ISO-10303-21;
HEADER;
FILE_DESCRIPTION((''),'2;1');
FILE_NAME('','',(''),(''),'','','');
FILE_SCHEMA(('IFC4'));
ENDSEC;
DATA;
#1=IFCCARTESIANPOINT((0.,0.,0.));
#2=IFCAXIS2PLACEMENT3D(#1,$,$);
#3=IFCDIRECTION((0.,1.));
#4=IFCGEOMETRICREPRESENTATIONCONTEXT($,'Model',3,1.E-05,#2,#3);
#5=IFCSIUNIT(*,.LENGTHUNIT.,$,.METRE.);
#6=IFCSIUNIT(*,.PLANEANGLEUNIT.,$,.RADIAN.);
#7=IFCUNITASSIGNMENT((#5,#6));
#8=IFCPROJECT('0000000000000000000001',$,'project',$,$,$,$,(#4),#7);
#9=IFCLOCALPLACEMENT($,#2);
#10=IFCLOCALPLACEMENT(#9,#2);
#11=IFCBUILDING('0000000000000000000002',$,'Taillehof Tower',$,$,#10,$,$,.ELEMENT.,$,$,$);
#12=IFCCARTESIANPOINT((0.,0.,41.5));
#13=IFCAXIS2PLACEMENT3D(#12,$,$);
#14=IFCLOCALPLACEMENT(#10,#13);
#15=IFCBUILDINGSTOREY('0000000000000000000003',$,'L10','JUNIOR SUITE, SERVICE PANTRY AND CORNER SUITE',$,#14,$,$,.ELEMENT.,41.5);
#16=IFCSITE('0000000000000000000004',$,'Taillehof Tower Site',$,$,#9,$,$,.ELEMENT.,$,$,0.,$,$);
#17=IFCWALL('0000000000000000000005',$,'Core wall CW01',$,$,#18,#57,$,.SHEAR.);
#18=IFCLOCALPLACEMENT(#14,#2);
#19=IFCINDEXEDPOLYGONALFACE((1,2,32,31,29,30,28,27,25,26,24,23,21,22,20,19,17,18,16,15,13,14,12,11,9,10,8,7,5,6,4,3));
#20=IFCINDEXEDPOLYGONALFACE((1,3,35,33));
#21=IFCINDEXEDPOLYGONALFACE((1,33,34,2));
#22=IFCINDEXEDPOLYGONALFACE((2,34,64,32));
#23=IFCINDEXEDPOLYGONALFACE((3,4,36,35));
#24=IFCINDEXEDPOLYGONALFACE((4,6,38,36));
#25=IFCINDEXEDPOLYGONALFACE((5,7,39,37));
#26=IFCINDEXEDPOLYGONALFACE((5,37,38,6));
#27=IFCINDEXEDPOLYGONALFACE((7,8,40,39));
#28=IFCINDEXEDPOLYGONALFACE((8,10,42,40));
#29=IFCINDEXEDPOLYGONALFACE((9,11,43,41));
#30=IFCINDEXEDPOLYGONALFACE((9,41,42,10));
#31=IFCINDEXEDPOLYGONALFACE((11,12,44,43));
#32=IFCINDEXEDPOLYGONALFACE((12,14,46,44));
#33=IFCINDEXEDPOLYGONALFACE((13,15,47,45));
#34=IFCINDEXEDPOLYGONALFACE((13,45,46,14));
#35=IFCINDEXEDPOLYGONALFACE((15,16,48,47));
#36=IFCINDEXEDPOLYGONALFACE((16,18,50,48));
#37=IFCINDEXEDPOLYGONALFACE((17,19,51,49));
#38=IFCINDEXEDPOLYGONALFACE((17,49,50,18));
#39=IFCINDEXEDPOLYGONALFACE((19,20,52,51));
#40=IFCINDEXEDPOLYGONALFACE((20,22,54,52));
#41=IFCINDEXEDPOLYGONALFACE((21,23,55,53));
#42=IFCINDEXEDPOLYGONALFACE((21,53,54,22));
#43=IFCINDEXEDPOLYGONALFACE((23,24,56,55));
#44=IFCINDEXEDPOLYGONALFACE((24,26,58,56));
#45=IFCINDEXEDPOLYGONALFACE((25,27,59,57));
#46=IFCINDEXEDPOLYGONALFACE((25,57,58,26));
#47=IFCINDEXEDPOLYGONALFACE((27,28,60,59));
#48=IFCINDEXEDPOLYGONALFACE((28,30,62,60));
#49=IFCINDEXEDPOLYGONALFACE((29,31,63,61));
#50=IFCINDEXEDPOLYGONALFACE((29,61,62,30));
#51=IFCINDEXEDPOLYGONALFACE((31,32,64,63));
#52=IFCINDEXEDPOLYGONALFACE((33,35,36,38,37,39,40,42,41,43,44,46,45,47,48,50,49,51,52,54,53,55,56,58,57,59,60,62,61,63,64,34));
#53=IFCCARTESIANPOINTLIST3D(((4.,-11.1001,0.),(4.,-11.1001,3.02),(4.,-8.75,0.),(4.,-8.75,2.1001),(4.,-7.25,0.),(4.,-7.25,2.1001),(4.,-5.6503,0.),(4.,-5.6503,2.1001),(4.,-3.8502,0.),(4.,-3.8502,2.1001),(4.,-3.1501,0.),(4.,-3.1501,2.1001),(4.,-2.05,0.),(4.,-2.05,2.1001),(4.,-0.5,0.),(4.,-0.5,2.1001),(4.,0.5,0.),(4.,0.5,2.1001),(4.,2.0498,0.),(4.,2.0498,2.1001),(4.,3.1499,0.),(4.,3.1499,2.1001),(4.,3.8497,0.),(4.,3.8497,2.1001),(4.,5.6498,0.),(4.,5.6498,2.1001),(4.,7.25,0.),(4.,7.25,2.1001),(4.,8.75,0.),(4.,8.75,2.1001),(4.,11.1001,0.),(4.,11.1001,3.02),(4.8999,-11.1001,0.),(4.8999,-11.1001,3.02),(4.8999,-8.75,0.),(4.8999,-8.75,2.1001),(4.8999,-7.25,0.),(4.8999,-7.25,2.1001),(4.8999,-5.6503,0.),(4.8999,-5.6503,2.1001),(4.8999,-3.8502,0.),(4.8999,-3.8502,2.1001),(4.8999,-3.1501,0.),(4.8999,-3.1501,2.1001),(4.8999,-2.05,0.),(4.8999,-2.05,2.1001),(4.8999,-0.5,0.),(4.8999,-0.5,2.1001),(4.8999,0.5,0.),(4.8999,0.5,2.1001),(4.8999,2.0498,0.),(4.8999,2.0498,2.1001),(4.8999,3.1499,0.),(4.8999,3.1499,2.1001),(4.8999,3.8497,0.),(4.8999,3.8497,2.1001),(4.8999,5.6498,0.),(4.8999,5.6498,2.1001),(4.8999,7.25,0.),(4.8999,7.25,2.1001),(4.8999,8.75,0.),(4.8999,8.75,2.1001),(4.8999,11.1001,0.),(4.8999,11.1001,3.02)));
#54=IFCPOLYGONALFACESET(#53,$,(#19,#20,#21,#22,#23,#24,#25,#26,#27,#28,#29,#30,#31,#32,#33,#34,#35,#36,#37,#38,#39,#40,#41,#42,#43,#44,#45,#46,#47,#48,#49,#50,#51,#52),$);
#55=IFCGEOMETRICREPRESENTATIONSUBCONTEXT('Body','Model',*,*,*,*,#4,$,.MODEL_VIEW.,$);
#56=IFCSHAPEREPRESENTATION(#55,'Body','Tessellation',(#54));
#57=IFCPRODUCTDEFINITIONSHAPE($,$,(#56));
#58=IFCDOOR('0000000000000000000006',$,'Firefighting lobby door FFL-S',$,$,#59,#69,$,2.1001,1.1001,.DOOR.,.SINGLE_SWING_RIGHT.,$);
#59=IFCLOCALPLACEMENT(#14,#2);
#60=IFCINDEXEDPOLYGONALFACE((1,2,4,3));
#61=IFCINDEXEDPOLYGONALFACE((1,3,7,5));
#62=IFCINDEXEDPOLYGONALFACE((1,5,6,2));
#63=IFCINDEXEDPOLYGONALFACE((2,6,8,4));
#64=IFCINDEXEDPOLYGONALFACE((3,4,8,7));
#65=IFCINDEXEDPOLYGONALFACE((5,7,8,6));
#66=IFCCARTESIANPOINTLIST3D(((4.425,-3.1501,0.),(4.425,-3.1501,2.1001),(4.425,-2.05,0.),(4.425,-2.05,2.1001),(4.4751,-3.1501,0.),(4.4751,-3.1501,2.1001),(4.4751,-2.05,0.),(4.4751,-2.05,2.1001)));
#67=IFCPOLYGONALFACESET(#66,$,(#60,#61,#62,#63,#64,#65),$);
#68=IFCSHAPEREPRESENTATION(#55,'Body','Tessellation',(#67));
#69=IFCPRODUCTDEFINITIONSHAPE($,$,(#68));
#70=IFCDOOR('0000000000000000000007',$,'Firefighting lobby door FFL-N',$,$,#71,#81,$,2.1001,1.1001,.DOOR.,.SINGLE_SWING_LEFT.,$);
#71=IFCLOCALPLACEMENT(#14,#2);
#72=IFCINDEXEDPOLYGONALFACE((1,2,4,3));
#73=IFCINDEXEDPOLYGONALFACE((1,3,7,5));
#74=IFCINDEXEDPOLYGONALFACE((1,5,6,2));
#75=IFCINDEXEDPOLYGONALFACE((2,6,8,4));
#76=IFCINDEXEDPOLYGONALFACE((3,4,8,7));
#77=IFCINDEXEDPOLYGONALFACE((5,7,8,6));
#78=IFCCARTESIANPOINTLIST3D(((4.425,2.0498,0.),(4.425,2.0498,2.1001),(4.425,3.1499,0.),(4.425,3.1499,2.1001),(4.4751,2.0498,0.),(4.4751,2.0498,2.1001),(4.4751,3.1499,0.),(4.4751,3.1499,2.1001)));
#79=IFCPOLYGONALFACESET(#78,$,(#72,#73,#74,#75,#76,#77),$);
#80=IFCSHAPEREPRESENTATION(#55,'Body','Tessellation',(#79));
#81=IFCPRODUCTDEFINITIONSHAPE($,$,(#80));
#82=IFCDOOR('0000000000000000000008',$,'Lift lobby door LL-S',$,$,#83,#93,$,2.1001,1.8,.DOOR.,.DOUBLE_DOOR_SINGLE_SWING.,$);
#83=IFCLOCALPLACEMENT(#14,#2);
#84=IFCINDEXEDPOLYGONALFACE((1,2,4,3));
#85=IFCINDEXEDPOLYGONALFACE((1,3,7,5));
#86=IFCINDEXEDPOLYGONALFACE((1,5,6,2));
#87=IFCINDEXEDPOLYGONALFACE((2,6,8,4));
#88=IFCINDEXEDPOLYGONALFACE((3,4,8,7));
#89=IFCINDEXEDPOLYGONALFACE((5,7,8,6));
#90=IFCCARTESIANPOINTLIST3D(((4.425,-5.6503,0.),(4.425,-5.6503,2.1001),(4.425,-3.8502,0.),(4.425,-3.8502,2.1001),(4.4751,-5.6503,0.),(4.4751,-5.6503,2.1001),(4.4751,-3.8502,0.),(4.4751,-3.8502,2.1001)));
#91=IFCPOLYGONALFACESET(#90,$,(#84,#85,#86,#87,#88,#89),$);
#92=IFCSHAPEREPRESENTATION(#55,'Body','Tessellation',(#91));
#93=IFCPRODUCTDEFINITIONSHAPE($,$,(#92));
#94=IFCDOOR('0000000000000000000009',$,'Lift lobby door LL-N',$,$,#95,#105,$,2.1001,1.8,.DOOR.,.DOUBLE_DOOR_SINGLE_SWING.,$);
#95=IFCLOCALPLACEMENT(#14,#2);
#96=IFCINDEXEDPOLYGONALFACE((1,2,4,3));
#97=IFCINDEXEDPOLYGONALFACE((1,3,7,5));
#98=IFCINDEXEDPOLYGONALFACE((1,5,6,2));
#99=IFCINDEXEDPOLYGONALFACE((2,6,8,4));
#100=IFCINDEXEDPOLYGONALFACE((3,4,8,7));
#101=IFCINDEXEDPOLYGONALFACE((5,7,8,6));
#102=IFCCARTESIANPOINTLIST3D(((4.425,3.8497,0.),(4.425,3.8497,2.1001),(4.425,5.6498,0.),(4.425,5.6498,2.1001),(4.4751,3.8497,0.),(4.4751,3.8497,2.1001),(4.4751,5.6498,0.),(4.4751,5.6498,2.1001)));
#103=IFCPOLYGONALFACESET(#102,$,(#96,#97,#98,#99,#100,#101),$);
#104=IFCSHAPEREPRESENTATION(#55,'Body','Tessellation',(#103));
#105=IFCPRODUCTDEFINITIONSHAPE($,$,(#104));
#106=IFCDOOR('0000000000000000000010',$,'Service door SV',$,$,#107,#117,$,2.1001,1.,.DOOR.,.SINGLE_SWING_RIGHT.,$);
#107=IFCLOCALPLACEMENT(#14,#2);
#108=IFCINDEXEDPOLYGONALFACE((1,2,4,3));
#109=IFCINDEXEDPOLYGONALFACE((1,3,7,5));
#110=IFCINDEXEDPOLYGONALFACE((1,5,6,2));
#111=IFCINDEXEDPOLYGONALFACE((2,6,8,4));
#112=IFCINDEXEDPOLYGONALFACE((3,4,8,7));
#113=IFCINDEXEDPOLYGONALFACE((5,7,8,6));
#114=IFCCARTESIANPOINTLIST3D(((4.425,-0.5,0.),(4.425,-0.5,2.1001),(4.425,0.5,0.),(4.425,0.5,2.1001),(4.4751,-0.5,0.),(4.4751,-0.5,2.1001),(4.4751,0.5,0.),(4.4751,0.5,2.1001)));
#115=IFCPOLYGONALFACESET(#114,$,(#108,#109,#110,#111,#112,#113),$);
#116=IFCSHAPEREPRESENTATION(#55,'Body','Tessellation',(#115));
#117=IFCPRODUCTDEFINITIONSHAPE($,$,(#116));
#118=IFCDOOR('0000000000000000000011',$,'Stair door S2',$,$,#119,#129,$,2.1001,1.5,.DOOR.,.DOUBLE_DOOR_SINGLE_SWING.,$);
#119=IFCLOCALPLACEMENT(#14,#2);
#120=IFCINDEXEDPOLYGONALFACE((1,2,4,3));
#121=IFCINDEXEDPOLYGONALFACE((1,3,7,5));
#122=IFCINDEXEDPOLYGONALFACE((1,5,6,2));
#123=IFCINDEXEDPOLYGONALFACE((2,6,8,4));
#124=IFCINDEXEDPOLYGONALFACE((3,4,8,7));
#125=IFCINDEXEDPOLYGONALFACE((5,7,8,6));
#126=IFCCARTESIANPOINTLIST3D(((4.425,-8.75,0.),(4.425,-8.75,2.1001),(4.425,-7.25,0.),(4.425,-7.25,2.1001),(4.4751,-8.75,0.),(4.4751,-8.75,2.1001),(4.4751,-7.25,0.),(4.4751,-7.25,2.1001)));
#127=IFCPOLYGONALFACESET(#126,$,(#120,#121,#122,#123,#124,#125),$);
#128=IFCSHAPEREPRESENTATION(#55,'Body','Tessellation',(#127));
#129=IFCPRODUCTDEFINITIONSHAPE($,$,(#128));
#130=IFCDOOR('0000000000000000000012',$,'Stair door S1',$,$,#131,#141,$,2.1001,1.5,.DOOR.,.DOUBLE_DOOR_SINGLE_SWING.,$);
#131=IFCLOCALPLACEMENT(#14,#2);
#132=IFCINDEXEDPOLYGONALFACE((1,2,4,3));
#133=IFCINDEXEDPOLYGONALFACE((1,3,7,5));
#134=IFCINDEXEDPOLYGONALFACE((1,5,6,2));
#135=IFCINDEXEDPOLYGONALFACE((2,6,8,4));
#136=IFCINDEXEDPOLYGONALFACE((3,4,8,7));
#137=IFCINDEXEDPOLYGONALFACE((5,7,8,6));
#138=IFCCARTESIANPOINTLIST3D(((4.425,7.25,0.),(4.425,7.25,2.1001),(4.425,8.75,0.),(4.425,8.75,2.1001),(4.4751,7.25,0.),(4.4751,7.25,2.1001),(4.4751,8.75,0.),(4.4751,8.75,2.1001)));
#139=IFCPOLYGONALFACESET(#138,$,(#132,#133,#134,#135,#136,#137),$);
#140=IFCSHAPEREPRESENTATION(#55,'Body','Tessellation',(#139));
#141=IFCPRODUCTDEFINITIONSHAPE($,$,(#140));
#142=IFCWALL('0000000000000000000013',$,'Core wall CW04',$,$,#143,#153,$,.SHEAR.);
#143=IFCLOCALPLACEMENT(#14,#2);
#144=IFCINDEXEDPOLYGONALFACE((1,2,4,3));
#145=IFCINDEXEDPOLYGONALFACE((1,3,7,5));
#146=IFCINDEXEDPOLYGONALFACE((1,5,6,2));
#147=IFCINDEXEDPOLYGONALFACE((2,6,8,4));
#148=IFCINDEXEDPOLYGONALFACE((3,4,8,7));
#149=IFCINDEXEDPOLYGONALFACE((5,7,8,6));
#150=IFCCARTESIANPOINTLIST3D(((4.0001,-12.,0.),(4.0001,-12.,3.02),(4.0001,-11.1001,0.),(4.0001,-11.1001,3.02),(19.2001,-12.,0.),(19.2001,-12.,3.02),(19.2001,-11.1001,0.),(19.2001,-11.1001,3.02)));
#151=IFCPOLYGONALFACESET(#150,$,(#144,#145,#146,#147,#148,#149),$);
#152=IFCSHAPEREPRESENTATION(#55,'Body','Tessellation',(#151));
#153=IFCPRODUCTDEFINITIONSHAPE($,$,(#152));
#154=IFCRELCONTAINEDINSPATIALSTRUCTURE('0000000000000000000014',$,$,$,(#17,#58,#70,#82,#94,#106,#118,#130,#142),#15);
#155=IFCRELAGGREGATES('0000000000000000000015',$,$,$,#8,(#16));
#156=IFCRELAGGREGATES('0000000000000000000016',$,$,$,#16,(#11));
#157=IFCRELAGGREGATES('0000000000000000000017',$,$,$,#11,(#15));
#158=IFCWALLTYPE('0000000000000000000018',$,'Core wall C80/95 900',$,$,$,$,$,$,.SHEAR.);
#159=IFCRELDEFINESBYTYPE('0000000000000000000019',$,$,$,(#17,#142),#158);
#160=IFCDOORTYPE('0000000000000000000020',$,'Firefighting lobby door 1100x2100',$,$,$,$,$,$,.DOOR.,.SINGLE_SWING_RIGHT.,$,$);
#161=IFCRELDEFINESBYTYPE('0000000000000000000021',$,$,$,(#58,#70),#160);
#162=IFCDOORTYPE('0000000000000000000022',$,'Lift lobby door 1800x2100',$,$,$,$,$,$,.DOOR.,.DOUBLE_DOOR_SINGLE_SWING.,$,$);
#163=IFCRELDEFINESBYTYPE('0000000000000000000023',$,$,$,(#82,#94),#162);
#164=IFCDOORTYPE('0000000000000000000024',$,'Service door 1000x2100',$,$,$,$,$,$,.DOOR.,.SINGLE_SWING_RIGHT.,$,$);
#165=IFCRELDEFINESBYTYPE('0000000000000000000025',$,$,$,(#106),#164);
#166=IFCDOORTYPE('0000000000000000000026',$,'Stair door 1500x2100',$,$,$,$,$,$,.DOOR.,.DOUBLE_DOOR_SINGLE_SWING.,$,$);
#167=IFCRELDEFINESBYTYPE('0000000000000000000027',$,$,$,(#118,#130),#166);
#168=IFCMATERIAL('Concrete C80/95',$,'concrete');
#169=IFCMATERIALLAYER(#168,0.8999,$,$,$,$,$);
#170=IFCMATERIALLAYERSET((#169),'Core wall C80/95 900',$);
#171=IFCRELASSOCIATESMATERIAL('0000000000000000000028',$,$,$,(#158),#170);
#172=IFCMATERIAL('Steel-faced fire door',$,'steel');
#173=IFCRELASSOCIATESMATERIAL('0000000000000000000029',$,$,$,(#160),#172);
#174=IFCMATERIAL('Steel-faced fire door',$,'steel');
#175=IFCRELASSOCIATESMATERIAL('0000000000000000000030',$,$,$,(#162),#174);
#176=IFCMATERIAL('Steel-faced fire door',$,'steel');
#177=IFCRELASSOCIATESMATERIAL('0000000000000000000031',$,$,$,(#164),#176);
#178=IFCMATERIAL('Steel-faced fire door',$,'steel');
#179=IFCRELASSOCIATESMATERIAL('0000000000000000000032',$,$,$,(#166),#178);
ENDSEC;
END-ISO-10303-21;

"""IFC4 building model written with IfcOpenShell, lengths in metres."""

from ifc_helpers import new_model, si_unit, direction, frame, frame_2d, origin, place, context, subcontext, project, spatial, rectangle, extrude, material, layer, layer_set, type_object, element, fill, save


model = new_model("IFC4")

# Units and contexts
model_context = context("Model", 3, precision=1e-05, world=origin(), true_north=direction((0.0, 1.0)))
body_context = subcontext(model_context, "Body", "Model", "MODEL_VIEW")
ifc_project = project(units=[si_unit("LENGTHUNIT", "METRE"), si_unit("PLANEANGLEUNIT", "RADIAN")], contexts=[model_context])

# Site, building, storey
site_placement = place(None, origin())
site = spatial("IfcSite", under=ifc_project, at=site_placement, Name="Taillehof Tower Site", CompositionType="ELEMENT", RefElevation=0.0)
building_placement = place(site_placement, origin())
building = spatial("IfcBuilding", under=site, at=building_placement, Name="Taillehof Tower", CompositionType="ELEMENT")
storey_placement = place(building_placement, frame((0.0, 0.0, 41.5)))
storey = spatial("IfcBuildingStorey", under=building, at=storey_placement, Name="L10", Description="JUNIOR SUITE, SERVICE PANTRY AND CORNER SUITE", CompositionType="ELEMENT", Elevation=41.5)

# Wall, openings, doors
ifc_material_1 = material(Name="Concrete C80/95", Category="concrete")
ifc_layer_1 = layer(ifc_material_1, 0.8999)
ifc_layer_set_1 = layer_set([ifc_layer_1], Name="Core wall C80/95 900")
wall_type_1 = type_object("IfcWallType", Name="Core wall C80/95 900", PredefinedType="SHEAR", material=ifc_layer_set_1)
wall_1_placement = place(storey_placement, frame((4.45, -11.1001, 0.0), z_axis=(0.0, 0.0, 1.0), x_axis=(0.0, 1.0, 0.0)))
wall_1 = element("IfcWall", 1, at=wall_1_placement, inside=storey, type_object=wall_type_1, Name="Core wall CW01", PredefinedType="SHEAR", context=body_context, shape_type="SweptSolid", body=[
    extrude(rectangle(XDim=22.2002, YDim=0.8999, at=frame_2d((11.1001, 0.0))), origin(), (0.0, 0.0, 1.0), 3.02),
])
opening_1_placement = place(wall_1_placement, frame((2.3501, 0.0, 0.0)))
opening_1 = element("IfcOpeningElement", 2, at=opening_1_placement, cuts=wall_1, PredefinedType="OPENING", context=body_context, shape_type="SweptSolid", body=[
    extrude(rectangle(XDim=1.5, YDim=2.1001, at=frame_2d((0.75, 1.05))), frame((0.0, 0.46, 0.0), z_axis=(0.0, -1.0, 0.0), x_axis=(1.0, 0.0, 0.0)), (0.0, 0.0, 1.0), 0.9199),
])
opening_2_placement = place(wall_1_placement, frame((5.45, 0.0, 0.0)))
opening_2 = element("IfcOpeningElement", 3, at=opening_2_placement, cuts=wall_1, PredefinedType="OPENING", context=body_context, shape_type="SweptSolid", body=[
    extrude(rectangle(XDim=1.8, YDim=2.1001, at=frame_2d((0.8999, 1.05))), frame((0.0, 0.46, 0.0), z_axis=(0.0, -1.0, 0.0), x_axis=(1.0, 0.0, 0.0)), (0.0, 0.0, 1.0), 0.9199),
])
opening_3_placement = place(wall_1_placement, frame((7.95, 0.0, 0.0)))
opening_3 = element("IfcOpeningElement", 4, at=opening_3_placement, cuts=wall_1, PredefinedType="OPENING", context=body_context, shape_type="SweptSolid", body=[
    extrude(rectangle(XDim=1.1001, YDim=2.1001, at=frame_2d((0.55, 1.05))), frame((0.0, 0.46, 0.0), z_axis=(0.0, -1.0, 0.0), x_axis=(1.0, 0.0, 0.0)), (0.0, 0.0, 1.0), 0.9199),
])
opening_4_placement = place(wall_1_placement, frame((10.6001, 0.0, 0.0)))
opening_4 = element("IfcOpeningElement", 5, at=opening_4_placement, cuts=wall_1, PredefinedType="OPENING", context=body_context, shape_type="SweptSolid", body=[
    extrude(rectangle(XDim=1.0, YDim=2.1001, at=frame_2d((0.5, 1.05))), frame((0.0, 0.46, 0.0), z_axis=(0.0, -1.0, 0.0), x_axis=(1.0, 0.0, 0.0)), (0.0, 0.0, 1.0), 0.9199),
])
opening_5_placement = place(wall_1_placement, frame((13.1499, 0.0, 0.0)))
opening_5 = element("IfcOpeningElement", 6, at=opening_5_placement, cuts=wall_1, PredefinedType="OPENING", context=body_context, shape_type="SweptSolid", body=[
    extrude(rectangle(XDim=1.1001, YDim=2.1001, at=frame_2d((0.55, 1.05))), frame((0.0, 0.46, 0.0), z_axis=(0.0, -1.0, 0.0), x_axis=(1.0, 0.0, 0.0)), (0.0, 0.0, 1.0), 0.9199),
])
opening_6_placement = place(wall_1_placement, frame((14.95, 0.0, 0.0)))
opening_6 = element("IfcOpeningElement", 7, at=opening_6_placement, cuts=wall_1, PredefinedType="OPENING", context=body_context, shape_type="SweptSolid", body=[
    extrude(rectangle(XDim=1.8, YDim=2.1001, at=frame_2d((0.8999, 1.05))), frame((0.0, 0.46, 0.0), z_axis=(0.0, -1.0, 0.0), x_axis=(1.0, 0.0, 0.0)), (0.0, 0.0, 1.0), 0.9199),
])
opening_7_placement = place(wall_1_placement, frame((18.3501, 0.0, 0.0)))
opening_7 = element("IfcOpeningElement", 8, at=opening_7_placement, cuts=wall_1, PredefinedType="OPENING", context=body_context, shape_type="SweptSolid", body=[
    extrude(rectangle(XDim=1.5, YDim=2.1001, at=frame_2d((0.75, 1.05))), frame((0.0, 0.46, 0.0), z_axis=(0.0, -1.0, 0.0), x_axis=(1.0, 0.0, 0.0)), (0.0, 0.0, 1.0), 0.9199),
])
ifc_material_2 = material(Name="Steel-faced fire door", Category="steel")
door_type_1 = type_object("IfcDoorType", Name="Firefighting lobby door 1100x2100", OperationType="SINGLE_SWING_RIGHT", PredefinedType="DOOR", material=ifc_material_2)
door_1_placement = place(opening_3_placement, origin())
door_1 = element("IfcDoor", 9, at=door_1_placement, inside=storey, type_object=door_type_1, Name="Firefighting lobby door FFL-S", OperationType="SINGLE_SWING_RIGHT", OverallHeight=2.1001, OverallWidth=1.1001, PredefinedType="DOOR", context=body_context, shape_type="SweptSolid", body=[
    extrude(rectangle(XDim=1.1001, YDim=2.1001, at=frame_2d((0.55, 1.05))), frame((0.0, 0.0249, 0.0), z_axis=(0.0, -1.0, 0.0), x_axis=(1.0, 0.0, 0.0)), (0.0, 0.0, 1.0), 0.05),
])
fill(opening_3, door_1)
door_2_placement = place(opening_5_placement, origin())
door_2 = element("IfcDoor", 10, at=door_2_placement, inside=storey, type_object=door_type_1, Name="Firefighting lobby door FFL-N", OperationType="SINGLE_SWING_LEFT", OverallHeight=2.1001, OverallWidth=1.1001, PredefinedType="DOOR", context=body_context, shape_type="SweptSolid", body=[
    extrude(rectangle(XDim=1.1001, YDim=2.1001, at=frame_2d((0.55, 1.05))), frame((0.0, 0.0249, 0.0), z_axis=(0.0, -1.0, 0.0), x_axis=(1.0, 0.0, 0.0)), (0.0, 0.0, 1.0), 0.05),
])
fill(opening_5, door_2)
ifc_material_3 = material(Name="Steel-faced fire door", Category="steel")
door_type_2 = type_object("IfcDoorType", Name="Lift lobby door 1800x2100", OperationType="DOUBLE_DOOR_SINGLE_SWING", PredefinedType="DOOR", material=ifc_material_3)
door_3_placement = place(opening_2_placement, origin())
door_3 = element("IfcDoor", 11, at=door_3_placement, inside=storey, type_object=door_type_2, Name="Lift lobby door LL-S", OperationType="DOUBLE_DOOR_SINGLE_SWING", OverallHeight=2.1001, OverallWidth=1.8, PredefinedType="DOOR", context=body_context, shape_type="SweptSolid", body=[
    extrude(rectangle(XDim=1.8, YDim=2.1001, at=frame_2d((0.8999, 1.05))), frame((0.0, 0.0249, 0.0), z_axis=(0.0, -1.0, 0.0), x_axis=(1.0, 0.0, 0.0)), (0.0, 0.0, 1.0), 0.05),
])
fill(opening_2, door_3)
door_4_placement = place(opening_6_placement, origin())
door_4 = element("IfcDoor", 12, at=door_4_placement, inside=storey, type_object=door_type_2, Name="Lift lobby door LL-N", OperationType="DOUBLE_DOOR_SINGLE_SWING", OverallHeight=2.1001, OverallWidth=1.8, PredefinedType="DOOR", context=body_context, shape_type="SweptSolid", body=[
    extrude(rectangle(XDim=1.8, YDim=2.1001, at=frame_2d((0.8999, 1.05))), frame((0.0, 0.0249, 0.0), z_axis=(0.0, -1.0, 0.0), x_axis=(1.0, 0.0, 0.0)), (0.0, 0.0, 1.0), 0.05),
])
fill(opening_6, door_4)
ifc_material_4 = material(Name="Steel-faced fire door", Category="steel")
door_type_3 = type_object("IfcDoorType", Name="Service door 1000x2100", OperationType="SINGLE_SWING_RIGHT", PredefinedType="DOOR", material=ifc_material_4)
door_5_placement = place(opening_4_placement, origin())
door_5 = element("IfcDoor", 13, at=door_5_placement, inside=storey, type_object=door_type_3, Name="Service door SV", OperationType="SINGLE_SWING_RIGHT", OverallHeight=2.1001, OverallWidth=1.0, PredefinedType="DOOR", context=body_context, shape_type="SweptSolid", body=[
    extrude(rectangle(XDim=1.0, YDim=2.1001, at=frame_2d((0.5, 1.05))), frame((0.0, 0.0249, 0.0), z_axis=(0.0, -1.0, 0.0), x_axis=(1.0, 0.0, 0.0)), (0.0, 0.0, 1.0), 0.05),
])
fill(opening_4, door_5)
ifc_material_5 = material(Name="Steel-faced fire door", Category="steel")
door_type_4 = type_object("IfcDoorType", Name="Stair door 1500x2100", OperationType="DOUBLE_DOOR_SINGLE_SWING", PredefinedType="DOOR", material=ifc_material_5)
door_6_placement = place(opening_1_placement, origin())
door_6 = element("IfcDoor", 14, at=door_6_placement, inside=storey, type_object=door_type_4, Name="Stair door S2", OperationType="DOUBLE_DOOR_SINGLE_SWING", OverallHeight=2.1001, OverallWidth=1.5, PredefinedType="DOOR", context=body_context, shape_type="SweptSolid", body=[
    extrude(rectangle(XDim=1.5, YDim=2.1001, at=frame_2d((0.75, 1.05))), frame((0.0, 0.0249, 0.0), z_axis=(0.0, -1.0, 0.0), x_axis=(1.0, 0.0, 0.0)), (0.0, 0.0, 1.0), 0.05),
])
fill(opening_1, door_6)
door_7_placement = place(opening_7_placement, origin())
door_7 = element("IfcDoor", 15, at=door_7_placement, inside=storey, type_object=door_type_4, Name="Stair door S1", OperationType="DOUBLE_DOOR_SINGLE_SWING", OverallHeight=2.1001, OverallWidth=1.5, PredefinedType="DOOR", context=body_context, shape_type="SweptSolid", body=[
    extrude(rectangle(XDim=1.5, YDim=2.1001, at=frame_2d((0.75, 1.05))), frame((0.0, 0.0249, 0.0), z_axis=(0.0, -1.0, 0.0), x_axis=(1.0, 0.0, 0.0)), (0.0, 0.0, 1.0), 0.05),
])
fill(opening_7, door_7)

# Wall
wall_2_placement = place(storey_placement, frame((4.0, -11.55, 0.0), z_axis=(0.0, 0.0, 1.0), x_axis=(1.0, 0.0, 0.0)))
element("IfcWall", 16, at=wall_2_placement, inside=storey, type_object=wall_type_1, Name="Core wall CW04", PredefinedType="SHEAR", context=body_context, shape_type="SweptSolid", body=[
    extrude(rectangle(XDim=15.2, YDim=0.8999, at=frame_2d((7.6001, 0.0))), origin(), (0.0, 0.0, 1.0), 3.02),
])

save(model, "model.ifc")
